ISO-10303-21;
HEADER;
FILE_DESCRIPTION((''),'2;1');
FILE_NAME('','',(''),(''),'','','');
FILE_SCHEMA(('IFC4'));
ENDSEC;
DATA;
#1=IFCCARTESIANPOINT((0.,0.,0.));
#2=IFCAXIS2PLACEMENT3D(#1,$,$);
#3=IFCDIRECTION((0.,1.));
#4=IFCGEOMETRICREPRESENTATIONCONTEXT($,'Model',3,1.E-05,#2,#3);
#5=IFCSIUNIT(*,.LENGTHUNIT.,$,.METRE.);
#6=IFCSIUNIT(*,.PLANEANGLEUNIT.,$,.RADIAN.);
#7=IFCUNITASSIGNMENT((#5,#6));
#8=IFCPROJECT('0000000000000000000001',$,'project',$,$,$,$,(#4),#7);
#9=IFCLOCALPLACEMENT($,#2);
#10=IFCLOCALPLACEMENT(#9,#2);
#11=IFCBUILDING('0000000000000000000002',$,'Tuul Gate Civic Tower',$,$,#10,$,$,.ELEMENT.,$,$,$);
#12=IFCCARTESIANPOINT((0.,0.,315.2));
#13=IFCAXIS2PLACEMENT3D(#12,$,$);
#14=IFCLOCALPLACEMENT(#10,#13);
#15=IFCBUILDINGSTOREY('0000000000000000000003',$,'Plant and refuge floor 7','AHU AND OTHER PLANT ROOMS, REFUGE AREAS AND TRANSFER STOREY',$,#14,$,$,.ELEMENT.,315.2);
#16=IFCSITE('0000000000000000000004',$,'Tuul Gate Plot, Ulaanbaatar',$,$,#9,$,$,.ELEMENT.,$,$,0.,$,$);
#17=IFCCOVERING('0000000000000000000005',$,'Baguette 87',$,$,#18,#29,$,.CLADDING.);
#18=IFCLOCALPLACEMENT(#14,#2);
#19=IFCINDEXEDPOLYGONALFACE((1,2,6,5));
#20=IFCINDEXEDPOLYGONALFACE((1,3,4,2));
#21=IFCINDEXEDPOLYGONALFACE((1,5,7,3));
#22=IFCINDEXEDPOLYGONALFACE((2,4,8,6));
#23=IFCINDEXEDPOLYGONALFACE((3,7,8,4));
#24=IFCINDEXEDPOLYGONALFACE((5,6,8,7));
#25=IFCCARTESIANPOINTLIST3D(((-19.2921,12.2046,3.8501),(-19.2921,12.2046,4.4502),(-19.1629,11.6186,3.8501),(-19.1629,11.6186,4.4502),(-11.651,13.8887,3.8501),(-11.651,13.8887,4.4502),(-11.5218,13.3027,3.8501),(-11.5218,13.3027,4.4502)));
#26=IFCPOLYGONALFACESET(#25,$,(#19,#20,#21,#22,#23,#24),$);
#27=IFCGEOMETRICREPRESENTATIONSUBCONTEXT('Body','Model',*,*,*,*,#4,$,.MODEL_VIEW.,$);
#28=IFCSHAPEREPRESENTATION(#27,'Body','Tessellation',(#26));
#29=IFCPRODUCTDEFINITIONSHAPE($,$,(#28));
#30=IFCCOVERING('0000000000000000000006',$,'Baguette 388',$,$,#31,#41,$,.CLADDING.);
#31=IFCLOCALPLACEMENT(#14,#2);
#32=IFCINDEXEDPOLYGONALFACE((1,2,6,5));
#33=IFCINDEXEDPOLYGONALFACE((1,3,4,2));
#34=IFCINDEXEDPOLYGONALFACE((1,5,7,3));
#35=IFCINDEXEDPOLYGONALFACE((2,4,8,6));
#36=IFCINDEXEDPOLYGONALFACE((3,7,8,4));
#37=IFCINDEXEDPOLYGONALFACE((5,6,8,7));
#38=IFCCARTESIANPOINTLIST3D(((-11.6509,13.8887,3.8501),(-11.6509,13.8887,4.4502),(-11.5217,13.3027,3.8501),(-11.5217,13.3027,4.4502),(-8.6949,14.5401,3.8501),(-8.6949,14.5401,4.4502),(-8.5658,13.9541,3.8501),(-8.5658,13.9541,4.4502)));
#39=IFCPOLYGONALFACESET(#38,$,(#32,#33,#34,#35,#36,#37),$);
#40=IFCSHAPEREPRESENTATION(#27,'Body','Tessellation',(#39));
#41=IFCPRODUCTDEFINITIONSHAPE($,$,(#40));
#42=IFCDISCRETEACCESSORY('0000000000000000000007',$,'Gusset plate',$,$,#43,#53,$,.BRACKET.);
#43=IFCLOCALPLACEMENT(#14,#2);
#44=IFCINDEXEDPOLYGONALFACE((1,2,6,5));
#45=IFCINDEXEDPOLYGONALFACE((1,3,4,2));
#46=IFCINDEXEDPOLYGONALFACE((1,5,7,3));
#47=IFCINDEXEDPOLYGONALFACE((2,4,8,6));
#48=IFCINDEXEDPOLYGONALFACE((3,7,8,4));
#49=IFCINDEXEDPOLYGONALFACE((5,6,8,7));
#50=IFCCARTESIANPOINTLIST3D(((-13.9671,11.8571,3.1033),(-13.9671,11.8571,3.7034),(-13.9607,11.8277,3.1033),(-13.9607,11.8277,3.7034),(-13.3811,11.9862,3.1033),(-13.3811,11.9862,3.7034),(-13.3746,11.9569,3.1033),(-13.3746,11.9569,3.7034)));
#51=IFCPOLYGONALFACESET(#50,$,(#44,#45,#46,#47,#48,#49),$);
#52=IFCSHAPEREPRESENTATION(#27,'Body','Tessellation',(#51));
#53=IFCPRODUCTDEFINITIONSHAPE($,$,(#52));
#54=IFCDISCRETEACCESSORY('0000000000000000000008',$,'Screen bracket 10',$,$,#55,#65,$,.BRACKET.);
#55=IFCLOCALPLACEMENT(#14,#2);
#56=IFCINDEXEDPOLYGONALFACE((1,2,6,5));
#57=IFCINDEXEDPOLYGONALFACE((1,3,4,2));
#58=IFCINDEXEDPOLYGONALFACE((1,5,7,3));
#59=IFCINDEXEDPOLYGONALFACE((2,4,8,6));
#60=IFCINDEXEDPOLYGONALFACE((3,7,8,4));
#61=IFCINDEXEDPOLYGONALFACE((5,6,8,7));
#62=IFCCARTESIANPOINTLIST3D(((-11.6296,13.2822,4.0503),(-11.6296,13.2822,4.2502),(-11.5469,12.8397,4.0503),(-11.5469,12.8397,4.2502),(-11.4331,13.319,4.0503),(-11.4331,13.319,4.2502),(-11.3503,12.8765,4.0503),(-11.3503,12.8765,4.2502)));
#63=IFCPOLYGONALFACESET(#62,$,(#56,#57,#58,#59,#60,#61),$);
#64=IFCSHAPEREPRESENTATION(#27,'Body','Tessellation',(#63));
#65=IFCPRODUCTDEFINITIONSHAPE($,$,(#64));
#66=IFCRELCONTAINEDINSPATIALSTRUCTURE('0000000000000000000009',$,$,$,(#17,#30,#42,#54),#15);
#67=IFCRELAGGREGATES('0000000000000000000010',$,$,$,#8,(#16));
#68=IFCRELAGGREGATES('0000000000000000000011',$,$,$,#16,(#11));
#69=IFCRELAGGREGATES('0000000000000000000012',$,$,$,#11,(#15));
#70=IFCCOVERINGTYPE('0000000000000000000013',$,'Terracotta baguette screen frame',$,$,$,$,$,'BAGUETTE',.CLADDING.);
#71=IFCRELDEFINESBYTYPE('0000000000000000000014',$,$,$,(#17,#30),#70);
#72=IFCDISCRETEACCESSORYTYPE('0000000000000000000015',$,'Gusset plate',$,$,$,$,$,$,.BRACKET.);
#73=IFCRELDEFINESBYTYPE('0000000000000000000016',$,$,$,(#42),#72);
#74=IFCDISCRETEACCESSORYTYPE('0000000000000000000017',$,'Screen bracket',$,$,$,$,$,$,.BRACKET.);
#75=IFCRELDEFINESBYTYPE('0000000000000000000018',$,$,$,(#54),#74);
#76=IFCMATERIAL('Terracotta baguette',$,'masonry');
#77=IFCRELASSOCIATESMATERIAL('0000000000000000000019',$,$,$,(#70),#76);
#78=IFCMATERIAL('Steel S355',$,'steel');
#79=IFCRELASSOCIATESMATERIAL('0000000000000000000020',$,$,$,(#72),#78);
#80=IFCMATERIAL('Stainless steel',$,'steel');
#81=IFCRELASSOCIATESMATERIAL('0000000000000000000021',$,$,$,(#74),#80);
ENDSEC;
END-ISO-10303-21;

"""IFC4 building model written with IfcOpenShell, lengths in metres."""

from ifc_helpers import new_model, si_unit, direction, frame, origin, origin_2d, place, context, subcontext, project, spatial, rectangle, extrude, material, material_profile, profile_set, type_object, element, save


model = new_model("IFC4")

# Units and contexts
model_context = context("Model", 3, precision=1e-05, world=origin(), true_north=direction((0.0, 1.0)))
body_context = subcontext(model_context, "Body", "Model", "MODEL_VIEW")
ifc_project = project(units=[si_unit("LENGTHUNIT", "METRE"), si_unit("PLANEANGLEUNIT", "RADIAN")], contexts=[model_context])

# Site, building, storey
site_placement = place(None, origin())
site = spatial("IfcSite", under=ifc_project, at=site_placement, Name="Tuul Gate Plot, Ulaanbaatar", CompositionType="ELEMENT", RefElevation=0.0)
building_placement = place(site_placement, origin())
building = spatial("IfcBuilding", under=site, at=building_placement, Name="Tuul Gate Civic Tower", CompositionType="ELEMENT")
storey_placement = place(building_placement, frame((0.0, 0.0, 315.2)))
storey = spatial("IfcBuildingStorey", under=building, at=storey_placement, Name="Plant and refuge floor 7", Description="AHU AND OTHER PLANT ROOMS, REFUGE AREAS AND TRANSFER STOREY", CompositionType="ELEMENT", Elevation=315.2)

# Coverings
ifc_material_1 = material(Name="Terracotta baguette", Category="masonry")
ifc_material_profile_1 = material_profile(ifc_material_1, rectangle(XDim=0.6001, YDim=0.6001, at=origin_2d()), Name="Terracotta baguette screen frame")
ifc_profile_set_1 = profile_set([ifc_material_profile_1], Name="Terracotta baguette")
covering_type = type_object("IfcCoveringType", Name="Terracotta baguette screen frame", ElementType="BAGUETTE", PredefinedType="CLADDING", material=ifc_profile_set_1)
covering_1_placement = place(storey_placement, frame((-11.5864, 13.5957, 4.1501), z_axis=(-0.976563, -0.215232, 0.0), x_axis=(0.215232, -0.976563, 0.0)))
element("IfcCovering", 1, at=covering_1_placement, inside=storey, type_object=covering_type, Name="Baguette 87", PredefinedType="CLADDING", context=body_context, shape_type="SweptSolid", body=[
    extrude(rectangle(XDim=0.6001, YDim=0.6001, at=origin_2d()), origin(), (0.0, 0.0, 1.0), 7.8245),
])
covering_2_placement = place(storey_placement, frame((-8.6304, 14.2471, 4.1501), z_axis=(-0.976573, -0.215188, 0.0), x_axis=(0.215188, -0.976573, 0.0)))
element("IfcCovering", 2, at=covering_2_placement, inside=storey, type_object=covering_type, Name="Baguette 388", PredefinedType="CLADDING", context=body_context, shape_type="SweptSolid", body=[
    extrude(rectangle(XDim=0.6001, YDim=0.6001, at=origin_2d()), origin(), (0.0, 0.0, 1.0), 3.0269),
])

# Discrete accessories
ifc_material_2 = material(Name="Steel S355", Category="steel")
discrete_accessory_type_1 = type_object("IfcDiscreteAccessoryType", Name="Gusset plate", PredefinedType="BRACKET", material=ifc_material_2)
discrete_accessory_1_placement = place(storey_placement, frame((-13.6709, 11.907, 3.1033), z_axis=(0.0, 0.0, 1.0), x_axis=(0.976569, 0.215205, 0.0)))
element("IfcDiscreteAccessory", 3, at=discrete_accessory_1_placement, inside=storey, type_object=discrete_accessory_type_1, Name="Gusset plate", PredefinedType="BRACKET", context=body_context, shape_type="SweptSolid", body=[
    extrude(rectangle(XDim=0.6001, YDim=0.03, at=origin_2d()), origin(), (0.0, 0.0, 1.0), 0.6001),
])
ifc_material_3 = material(Name="Stainless steel", Category="steel")
discrete_accessory_type_2 = type_object("IfcDiscreteAccessoryType", Name="Screen bracket", PredefinedType="BRACKET", material=ifc_material_3)
discrete_accessory_2_placement = place(storey_placement, frame((-11.49, 13.0793, 4.0503), z_axis=(0.0, 0.0, 1.0), x_axis=(-0.183857, 0.982953, 0.0)))
element("IfcDiscreteAccessory", 4, at=discrete_accessory_2_placement, inside=storey, type_object=discrete_accessory_type_2, Name="Screen bracket 10", PredefinedType="BRACKET", context=body_context, shape_type="SweptSolid", body=[
    extrude(rectangle(XDim=0.4502, YDim=0.2, at=origin_2d()), origin(), (0.0, 0.0, 1.0), 0.2),
])

save(model, "model.ifc")
